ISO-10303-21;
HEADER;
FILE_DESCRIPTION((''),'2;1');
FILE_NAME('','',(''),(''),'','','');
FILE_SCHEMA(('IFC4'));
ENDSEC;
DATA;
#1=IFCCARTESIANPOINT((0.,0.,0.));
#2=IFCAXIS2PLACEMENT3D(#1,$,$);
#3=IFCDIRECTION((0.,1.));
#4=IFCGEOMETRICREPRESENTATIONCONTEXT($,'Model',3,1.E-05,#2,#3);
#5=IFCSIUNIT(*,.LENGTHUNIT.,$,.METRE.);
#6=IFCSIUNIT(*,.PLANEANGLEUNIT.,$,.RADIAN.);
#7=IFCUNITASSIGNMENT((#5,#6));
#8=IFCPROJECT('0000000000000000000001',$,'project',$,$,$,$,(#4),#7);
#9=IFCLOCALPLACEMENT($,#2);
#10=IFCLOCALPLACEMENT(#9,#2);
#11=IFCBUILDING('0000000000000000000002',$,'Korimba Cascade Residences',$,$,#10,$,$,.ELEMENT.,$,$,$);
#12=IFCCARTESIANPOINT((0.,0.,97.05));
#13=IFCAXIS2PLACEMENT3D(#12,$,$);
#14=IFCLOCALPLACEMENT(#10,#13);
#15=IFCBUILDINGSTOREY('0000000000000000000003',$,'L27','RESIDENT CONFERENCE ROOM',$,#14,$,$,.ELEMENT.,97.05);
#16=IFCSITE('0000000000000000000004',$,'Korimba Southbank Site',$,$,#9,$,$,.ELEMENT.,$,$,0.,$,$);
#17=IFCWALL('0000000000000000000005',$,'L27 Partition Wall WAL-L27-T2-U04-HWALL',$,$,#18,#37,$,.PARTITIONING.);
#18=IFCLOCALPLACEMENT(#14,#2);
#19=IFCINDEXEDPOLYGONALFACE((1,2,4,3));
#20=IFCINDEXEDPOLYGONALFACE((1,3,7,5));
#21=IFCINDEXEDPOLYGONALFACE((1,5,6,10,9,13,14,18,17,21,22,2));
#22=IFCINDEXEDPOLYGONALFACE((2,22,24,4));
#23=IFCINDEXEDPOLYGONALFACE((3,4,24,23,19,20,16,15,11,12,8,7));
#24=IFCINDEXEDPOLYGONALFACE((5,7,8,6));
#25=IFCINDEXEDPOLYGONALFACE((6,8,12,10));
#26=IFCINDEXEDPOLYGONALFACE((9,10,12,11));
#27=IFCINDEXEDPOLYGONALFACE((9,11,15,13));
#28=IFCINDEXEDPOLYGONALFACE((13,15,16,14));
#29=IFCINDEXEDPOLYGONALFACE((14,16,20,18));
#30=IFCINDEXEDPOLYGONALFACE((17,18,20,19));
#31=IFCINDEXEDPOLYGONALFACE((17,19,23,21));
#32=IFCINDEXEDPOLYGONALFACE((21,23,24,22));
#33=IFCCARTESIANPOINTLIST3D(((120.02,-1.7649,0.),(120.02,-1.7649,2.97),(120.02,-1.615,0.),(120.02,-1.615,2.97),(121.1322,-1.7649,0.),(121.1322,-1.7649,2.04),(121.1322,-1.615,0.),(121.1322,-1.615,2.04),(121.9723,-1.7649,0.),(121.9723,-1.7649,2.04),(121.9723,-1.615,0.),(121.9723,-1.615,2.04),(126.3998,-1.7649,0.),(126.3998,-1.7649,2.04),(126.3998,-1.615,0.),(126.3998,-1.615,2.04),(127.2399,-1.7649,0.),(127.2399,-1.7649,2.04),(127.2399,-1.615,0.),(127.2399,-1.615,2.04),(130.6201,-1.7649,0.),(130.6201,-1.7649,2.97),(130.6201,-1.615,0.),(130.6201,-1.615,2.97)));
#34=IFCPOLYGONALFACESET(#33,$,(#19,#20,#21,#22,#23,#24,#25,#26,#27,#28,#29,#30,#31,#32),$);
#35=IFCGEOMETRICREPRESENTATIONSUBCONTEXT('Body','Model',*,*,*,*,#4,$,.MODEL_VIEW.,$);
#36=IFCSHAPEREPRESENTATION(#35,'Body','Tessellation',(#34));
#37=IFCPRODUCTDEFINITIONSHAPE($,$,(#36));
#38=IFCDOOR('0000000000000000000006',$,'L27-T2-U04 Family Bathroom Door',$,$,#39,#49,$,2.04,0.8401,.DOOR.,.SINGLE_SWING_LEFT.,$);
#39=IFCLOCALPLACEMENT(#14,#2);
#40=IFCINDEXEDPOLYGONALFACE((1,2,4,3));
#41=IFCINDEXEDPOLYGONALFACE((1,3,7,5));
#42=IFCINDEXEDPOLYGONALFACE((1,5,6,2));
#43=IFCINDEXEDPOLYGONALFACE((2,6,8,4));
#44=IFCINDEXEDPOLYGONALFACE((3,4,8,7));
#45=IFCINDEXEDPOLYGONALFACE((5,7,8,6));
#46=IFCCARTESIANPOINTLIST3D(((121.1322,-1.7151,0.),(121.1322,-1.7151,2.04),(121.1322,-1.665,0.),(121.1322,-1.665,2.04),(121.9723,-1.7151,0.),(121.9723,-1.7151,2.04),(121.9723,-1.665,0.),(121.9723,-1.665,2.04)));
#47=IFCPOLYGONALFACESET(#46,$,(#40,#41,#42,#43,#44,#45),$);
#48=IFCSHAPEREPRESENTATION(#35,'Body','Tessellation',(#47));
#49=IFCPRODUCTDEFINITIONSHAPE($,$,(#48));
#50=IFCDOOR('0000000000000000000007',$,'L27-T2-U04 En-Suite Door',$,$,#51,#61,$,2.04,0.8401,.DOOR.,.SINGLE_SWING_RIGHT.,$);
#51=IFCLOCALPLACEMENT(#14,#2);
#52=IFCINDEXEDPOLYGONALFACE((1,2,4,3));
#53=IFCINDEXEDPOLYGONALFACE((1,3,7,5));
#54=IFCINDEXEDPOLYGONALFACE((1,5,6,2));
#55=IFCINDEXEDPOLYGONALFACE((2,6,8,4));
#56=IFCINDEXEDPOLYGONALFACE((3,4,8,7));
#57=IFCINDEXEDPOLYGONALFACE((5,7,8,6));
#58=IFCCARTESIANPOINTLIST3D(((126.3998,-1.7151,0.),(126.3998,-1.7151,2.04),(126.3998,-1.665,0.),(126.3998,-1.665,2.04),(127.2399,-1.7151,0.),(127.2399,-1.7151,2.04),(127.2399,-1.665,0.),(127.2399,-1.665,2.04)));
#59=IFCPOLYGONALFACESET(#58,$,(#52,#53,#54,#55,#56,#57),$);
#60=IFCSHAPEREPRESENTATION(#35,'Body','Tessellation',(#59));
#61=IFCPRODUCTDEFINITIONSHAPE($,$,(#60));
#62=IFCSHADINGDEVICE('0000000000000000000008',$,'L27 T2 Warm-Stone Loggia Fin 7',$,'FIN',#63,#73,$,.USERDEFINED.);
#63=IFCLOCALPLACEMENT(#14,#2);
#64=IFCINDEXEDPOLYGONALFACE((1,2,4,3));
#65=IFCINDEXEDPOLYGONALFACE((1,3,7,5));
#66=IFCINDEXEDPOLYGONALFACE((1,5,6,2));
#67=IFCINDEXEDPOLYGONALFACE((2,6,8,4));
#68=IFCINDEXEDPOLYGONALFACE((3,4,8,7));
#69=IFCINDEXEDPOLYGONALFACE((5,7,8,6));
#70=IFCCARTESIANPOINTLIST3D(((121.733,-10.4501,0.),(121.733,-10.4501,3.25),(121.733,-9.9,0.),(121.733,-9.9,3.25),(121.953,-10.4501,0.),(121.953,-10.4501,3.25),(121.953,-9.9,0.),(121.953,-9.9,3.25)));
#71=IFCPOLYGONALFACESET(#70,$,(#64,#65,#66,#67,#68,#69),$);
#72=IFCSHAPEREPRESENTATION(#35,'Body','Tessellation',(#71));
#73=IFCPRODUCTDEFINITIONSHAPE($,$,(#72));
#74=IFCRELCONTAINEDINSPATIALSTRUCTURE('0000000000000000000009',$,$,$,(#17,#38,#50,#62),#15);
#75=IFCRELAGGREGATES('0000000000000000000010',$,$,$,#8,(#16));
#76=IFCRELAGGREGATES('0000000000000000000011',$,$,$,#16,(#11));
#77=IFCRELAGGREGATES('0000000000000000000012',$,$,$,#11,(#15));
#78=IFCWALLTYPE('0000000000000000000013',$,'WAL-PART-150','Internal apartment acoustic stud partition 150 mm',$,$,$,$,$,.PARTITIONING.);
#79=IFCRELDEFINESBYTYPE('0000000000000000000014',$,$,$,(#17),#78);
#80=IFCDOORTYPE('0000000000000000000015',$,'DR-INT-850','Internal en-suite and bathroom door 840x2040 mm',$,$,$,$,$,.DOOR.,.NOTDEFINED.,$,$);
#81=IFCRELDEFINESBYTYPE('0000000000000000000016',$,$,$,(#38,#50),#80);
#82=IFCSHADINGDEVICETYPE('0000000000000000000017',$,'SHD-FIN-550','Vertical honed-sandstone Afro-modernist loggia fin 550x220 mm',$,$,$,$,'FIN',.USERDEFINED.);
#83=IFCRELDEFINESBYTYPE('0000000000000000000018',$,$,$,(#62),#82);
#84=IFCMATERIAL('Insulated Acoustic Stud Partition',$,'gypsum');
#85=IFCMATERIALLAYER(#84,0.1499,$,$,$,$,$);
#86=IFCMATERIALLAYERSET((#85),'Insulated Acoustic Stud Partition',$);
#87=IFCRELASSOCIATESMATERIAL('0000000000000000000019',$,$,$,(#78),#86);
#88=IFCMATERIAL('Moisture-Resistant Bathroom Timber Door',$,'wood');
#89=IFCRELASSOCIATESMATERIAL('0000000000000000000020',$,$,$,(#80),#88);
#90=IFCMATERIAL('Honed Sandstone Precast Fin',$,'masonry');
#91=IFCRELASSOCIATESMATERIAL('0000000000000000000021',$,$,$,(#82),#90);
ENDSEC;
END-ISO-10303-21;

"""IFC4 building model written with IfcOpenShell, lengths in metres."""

from ifc_helpers import new_model, si_unit, direction, frame, frame_2d, origin, origin_2d, place, context, subcontext, project, spatial, rectangle, extrude, material, layer, layer_set, type_object, element, fill, save


model = new_model("IFC4")

# Units and contexts
model_context = context("Model", 3, precision=1e-05, world=origin(), true_north=direction((0.0, 1.0)))
body_context = subcontext(model_context, "Body", "Model", "MODEL_VIEW")
ifc_project = project(units=[si_unit("LENGTHUNIT", "METRE"), si_unit("PLANEANGLEUNIT", "RADIAN")], contexts=[model_context])

# Site, building, storey
site_placement = place(None, origin())
site = spatial("IfcSite", under=ifc_project, at=site_placement, Name="Korimba Southbank Site", CompositionType="ELEMENT", RefElevation=0.0)
building_placement = place(site_placement, origin())
building = spatial("IfcBuilding", under=site, at=building_placement, Name="Korimba Cascade Residences", CompositionType="ELEMENT")
storey_placement = place(building_placement, frame((0.0, 0.0, 97.05)))
storey = spatial("IfcBuildingStorey", under=building, at=storey_placement, Name="L27", Description="RESIDENT CONFERENCE ROOM", CompositionType="ELEMENT", Elevation=97.05)

# Shared definitions
ifc_material_1 = material(Name="Insulated Acoustic Stud Partition", Category="gypsum")
ifc_layer = layer(ifc_material_1, 0.1499)
ifc_layer_set = layer_set([ifc_layer], Name="Insulated Acoustic Stud Partition")
wall_type = type_object("IfcWallType", Name="WAL-PART-150", Description="Internal apartment acoustic stud partition 150 mm", PredefinedType="PARTITIONING", material=ifc_layer_set)
ifc_material_2 = material(Name="Moisture-Resistant Bathroom Timber Door", Category="wood")
door_type_1 = type_object("IfcDoorType", Name="DR-INT-850", Description="Internal en-suite and bathroom door 840x2040 mm", OperationType="NOTDEFINED", PredefinedType="DOOR", material=ifc_material_2)

# Wall, openings, doors
wall_1_placement = place(storey_placement, frame((120.02, -1.6899, 0.0), z_axis=(0.0, 0.0, 1.0), x_axis=(1.0, 0.0, 0.0)))
wall_1 = element("IfcWall", 1, at=wall_1_placement, inside=storey, type_object=wall_type, Name="L27 Partition Wall WAL-L27-T2-U04-HWALL", PredefinedType="PARTITIONING", context=body_context, shape_type="SweptSolid", body=[
    extrude(rectangle(XDim=10.6001, YDim=0.1499, at=frame_2d((5.3, 0.0))), origin(), (0.0, 0.0, 1.0), 2.97),
])
opening_1_placement = place(wall_1_placement, frame((1.1123, 0.0, 0.0)))
opening_1 = element("IfcOpeningElement", 2, at=opening_1_placement, cuts=wall_1, PredefinedType="OPENING", context=body_context, shape_type="SweptSolid", body=[
    extrude(rectangle(XDim=0.8401, YDim=2.04, at=frame_2d((0.4199, 1.02))), frame((0.0, 0.085, 0.0), z_axis=(0.0, -1.0, 0.0), x_axis=(1.0, 0.0, 0.0)), (0.0, 0.0, 1.0), 0.1699),
])
opening_2_placement = place(wall_1_placement, frame((6.3799, 0.0, 0.0)))
opening_2 = element("IfcOpeningElement", 3, at=opening_2_placement, cuts=wall_1, PredefinedType="OPENING", context=body_context, shape_type="SweptSolid", body=[
    extrude(rectangle(XDim=0.8401, YDim=2.04, at=frame_2d((0.4199, 1.02))), frame((0.0, 0.085, 0.0), z_axis=(0.0, -1.0, 0.0), x_axis=(1.0, 0.0, 0.0)), (0.0, 0.0, 1.0), 0.1699),
])
door_1_placement = place(opening_1_placement, origin())
door_1 = element("IfcDoor", 4, at=door_1_placement, inside=storey, type_object=door_type_1, Name="L27-T2-U04 Family Bathroom Door", OperationType="SINGLE_SWING_LEFT", OverallHeight=2.04, OverallWidth=0.8401, PredefinedType="DOOR", context=body_context, shape_type="SweptSolid", body=[
    extrude(rectangle(XDim=0.8401, YDim=2.04, at=frame_2d((0.4199, 1.02))), frame((0.0, 0.0249, 0.0), z_axis=(0.0, -1.0, 0.0), x_axis=(1.0, 0.0, 0.0)), (0.0, 0.0, 1.0), 0.05),
])
fill(opening_1, door_1)
door_2_placement = place(opening_2_placement, origin())
door_2 = element("IfcDoor", 5, at=door_2_placement, inside=storey, type_object=door_type_1, Name="L27-T2-U04 En-Suite Door", OperationType="SINGLE_SWING_RIGHT", OverallHeight=2.04, OverallWidth=0.8401, PredefinedType="DOOR", context=body_context, shape_type="SweptSolid", body=[
    extrude(rectangle(XDim=0.8401, YDim=2.04, at=frame_2d((0.4199, 1.02))), frame((0.0, 0.0249, 0.0), z_axis=(0.0, -1.0, 0.0), x_axis=(1.0, 0.0, 0.0)), (0.0, 0.0, 1.0), 0.05),
])
fill(opening_2, door_2)

# Shading device
ifc_material_3 = material(Name="Honed Sandstone Precast Fin", Category="masonry")
shading_device_type = type_object("IfcShadingDeviceType", Name="SHD-FIN-550", Description="Vertical honed-sandstone Afro-modernist loggia fin 550x220 mm", ElementType="FIN", PredefinedType="USERDEFINED", material=ifc_material_3)
shading_device_placement = place(storey_placement, frame((121.843, -10.175, 0.0), z_axis=(0.0, 0.0, 1.0), x_axis=(1.0, 0.0, 0.0)))
element("IfcShadingDevice", 6, at=shading_device_placement, inside=storey, type_object=shading_device_type, Name="L27 T2 Warm-Stone Loggia Fin 7", ObjectType="FIN", PredefinedType="USERDEFINED", context=body_context, shape_type="SweptSolid", body=[
    extrude(rectangle(XDim=0.22, YDim=0.55, at=origin_2d()), origin(), (0.0, 0.0, 1.0), 3.25),
])

save(model, "model.ifc")
